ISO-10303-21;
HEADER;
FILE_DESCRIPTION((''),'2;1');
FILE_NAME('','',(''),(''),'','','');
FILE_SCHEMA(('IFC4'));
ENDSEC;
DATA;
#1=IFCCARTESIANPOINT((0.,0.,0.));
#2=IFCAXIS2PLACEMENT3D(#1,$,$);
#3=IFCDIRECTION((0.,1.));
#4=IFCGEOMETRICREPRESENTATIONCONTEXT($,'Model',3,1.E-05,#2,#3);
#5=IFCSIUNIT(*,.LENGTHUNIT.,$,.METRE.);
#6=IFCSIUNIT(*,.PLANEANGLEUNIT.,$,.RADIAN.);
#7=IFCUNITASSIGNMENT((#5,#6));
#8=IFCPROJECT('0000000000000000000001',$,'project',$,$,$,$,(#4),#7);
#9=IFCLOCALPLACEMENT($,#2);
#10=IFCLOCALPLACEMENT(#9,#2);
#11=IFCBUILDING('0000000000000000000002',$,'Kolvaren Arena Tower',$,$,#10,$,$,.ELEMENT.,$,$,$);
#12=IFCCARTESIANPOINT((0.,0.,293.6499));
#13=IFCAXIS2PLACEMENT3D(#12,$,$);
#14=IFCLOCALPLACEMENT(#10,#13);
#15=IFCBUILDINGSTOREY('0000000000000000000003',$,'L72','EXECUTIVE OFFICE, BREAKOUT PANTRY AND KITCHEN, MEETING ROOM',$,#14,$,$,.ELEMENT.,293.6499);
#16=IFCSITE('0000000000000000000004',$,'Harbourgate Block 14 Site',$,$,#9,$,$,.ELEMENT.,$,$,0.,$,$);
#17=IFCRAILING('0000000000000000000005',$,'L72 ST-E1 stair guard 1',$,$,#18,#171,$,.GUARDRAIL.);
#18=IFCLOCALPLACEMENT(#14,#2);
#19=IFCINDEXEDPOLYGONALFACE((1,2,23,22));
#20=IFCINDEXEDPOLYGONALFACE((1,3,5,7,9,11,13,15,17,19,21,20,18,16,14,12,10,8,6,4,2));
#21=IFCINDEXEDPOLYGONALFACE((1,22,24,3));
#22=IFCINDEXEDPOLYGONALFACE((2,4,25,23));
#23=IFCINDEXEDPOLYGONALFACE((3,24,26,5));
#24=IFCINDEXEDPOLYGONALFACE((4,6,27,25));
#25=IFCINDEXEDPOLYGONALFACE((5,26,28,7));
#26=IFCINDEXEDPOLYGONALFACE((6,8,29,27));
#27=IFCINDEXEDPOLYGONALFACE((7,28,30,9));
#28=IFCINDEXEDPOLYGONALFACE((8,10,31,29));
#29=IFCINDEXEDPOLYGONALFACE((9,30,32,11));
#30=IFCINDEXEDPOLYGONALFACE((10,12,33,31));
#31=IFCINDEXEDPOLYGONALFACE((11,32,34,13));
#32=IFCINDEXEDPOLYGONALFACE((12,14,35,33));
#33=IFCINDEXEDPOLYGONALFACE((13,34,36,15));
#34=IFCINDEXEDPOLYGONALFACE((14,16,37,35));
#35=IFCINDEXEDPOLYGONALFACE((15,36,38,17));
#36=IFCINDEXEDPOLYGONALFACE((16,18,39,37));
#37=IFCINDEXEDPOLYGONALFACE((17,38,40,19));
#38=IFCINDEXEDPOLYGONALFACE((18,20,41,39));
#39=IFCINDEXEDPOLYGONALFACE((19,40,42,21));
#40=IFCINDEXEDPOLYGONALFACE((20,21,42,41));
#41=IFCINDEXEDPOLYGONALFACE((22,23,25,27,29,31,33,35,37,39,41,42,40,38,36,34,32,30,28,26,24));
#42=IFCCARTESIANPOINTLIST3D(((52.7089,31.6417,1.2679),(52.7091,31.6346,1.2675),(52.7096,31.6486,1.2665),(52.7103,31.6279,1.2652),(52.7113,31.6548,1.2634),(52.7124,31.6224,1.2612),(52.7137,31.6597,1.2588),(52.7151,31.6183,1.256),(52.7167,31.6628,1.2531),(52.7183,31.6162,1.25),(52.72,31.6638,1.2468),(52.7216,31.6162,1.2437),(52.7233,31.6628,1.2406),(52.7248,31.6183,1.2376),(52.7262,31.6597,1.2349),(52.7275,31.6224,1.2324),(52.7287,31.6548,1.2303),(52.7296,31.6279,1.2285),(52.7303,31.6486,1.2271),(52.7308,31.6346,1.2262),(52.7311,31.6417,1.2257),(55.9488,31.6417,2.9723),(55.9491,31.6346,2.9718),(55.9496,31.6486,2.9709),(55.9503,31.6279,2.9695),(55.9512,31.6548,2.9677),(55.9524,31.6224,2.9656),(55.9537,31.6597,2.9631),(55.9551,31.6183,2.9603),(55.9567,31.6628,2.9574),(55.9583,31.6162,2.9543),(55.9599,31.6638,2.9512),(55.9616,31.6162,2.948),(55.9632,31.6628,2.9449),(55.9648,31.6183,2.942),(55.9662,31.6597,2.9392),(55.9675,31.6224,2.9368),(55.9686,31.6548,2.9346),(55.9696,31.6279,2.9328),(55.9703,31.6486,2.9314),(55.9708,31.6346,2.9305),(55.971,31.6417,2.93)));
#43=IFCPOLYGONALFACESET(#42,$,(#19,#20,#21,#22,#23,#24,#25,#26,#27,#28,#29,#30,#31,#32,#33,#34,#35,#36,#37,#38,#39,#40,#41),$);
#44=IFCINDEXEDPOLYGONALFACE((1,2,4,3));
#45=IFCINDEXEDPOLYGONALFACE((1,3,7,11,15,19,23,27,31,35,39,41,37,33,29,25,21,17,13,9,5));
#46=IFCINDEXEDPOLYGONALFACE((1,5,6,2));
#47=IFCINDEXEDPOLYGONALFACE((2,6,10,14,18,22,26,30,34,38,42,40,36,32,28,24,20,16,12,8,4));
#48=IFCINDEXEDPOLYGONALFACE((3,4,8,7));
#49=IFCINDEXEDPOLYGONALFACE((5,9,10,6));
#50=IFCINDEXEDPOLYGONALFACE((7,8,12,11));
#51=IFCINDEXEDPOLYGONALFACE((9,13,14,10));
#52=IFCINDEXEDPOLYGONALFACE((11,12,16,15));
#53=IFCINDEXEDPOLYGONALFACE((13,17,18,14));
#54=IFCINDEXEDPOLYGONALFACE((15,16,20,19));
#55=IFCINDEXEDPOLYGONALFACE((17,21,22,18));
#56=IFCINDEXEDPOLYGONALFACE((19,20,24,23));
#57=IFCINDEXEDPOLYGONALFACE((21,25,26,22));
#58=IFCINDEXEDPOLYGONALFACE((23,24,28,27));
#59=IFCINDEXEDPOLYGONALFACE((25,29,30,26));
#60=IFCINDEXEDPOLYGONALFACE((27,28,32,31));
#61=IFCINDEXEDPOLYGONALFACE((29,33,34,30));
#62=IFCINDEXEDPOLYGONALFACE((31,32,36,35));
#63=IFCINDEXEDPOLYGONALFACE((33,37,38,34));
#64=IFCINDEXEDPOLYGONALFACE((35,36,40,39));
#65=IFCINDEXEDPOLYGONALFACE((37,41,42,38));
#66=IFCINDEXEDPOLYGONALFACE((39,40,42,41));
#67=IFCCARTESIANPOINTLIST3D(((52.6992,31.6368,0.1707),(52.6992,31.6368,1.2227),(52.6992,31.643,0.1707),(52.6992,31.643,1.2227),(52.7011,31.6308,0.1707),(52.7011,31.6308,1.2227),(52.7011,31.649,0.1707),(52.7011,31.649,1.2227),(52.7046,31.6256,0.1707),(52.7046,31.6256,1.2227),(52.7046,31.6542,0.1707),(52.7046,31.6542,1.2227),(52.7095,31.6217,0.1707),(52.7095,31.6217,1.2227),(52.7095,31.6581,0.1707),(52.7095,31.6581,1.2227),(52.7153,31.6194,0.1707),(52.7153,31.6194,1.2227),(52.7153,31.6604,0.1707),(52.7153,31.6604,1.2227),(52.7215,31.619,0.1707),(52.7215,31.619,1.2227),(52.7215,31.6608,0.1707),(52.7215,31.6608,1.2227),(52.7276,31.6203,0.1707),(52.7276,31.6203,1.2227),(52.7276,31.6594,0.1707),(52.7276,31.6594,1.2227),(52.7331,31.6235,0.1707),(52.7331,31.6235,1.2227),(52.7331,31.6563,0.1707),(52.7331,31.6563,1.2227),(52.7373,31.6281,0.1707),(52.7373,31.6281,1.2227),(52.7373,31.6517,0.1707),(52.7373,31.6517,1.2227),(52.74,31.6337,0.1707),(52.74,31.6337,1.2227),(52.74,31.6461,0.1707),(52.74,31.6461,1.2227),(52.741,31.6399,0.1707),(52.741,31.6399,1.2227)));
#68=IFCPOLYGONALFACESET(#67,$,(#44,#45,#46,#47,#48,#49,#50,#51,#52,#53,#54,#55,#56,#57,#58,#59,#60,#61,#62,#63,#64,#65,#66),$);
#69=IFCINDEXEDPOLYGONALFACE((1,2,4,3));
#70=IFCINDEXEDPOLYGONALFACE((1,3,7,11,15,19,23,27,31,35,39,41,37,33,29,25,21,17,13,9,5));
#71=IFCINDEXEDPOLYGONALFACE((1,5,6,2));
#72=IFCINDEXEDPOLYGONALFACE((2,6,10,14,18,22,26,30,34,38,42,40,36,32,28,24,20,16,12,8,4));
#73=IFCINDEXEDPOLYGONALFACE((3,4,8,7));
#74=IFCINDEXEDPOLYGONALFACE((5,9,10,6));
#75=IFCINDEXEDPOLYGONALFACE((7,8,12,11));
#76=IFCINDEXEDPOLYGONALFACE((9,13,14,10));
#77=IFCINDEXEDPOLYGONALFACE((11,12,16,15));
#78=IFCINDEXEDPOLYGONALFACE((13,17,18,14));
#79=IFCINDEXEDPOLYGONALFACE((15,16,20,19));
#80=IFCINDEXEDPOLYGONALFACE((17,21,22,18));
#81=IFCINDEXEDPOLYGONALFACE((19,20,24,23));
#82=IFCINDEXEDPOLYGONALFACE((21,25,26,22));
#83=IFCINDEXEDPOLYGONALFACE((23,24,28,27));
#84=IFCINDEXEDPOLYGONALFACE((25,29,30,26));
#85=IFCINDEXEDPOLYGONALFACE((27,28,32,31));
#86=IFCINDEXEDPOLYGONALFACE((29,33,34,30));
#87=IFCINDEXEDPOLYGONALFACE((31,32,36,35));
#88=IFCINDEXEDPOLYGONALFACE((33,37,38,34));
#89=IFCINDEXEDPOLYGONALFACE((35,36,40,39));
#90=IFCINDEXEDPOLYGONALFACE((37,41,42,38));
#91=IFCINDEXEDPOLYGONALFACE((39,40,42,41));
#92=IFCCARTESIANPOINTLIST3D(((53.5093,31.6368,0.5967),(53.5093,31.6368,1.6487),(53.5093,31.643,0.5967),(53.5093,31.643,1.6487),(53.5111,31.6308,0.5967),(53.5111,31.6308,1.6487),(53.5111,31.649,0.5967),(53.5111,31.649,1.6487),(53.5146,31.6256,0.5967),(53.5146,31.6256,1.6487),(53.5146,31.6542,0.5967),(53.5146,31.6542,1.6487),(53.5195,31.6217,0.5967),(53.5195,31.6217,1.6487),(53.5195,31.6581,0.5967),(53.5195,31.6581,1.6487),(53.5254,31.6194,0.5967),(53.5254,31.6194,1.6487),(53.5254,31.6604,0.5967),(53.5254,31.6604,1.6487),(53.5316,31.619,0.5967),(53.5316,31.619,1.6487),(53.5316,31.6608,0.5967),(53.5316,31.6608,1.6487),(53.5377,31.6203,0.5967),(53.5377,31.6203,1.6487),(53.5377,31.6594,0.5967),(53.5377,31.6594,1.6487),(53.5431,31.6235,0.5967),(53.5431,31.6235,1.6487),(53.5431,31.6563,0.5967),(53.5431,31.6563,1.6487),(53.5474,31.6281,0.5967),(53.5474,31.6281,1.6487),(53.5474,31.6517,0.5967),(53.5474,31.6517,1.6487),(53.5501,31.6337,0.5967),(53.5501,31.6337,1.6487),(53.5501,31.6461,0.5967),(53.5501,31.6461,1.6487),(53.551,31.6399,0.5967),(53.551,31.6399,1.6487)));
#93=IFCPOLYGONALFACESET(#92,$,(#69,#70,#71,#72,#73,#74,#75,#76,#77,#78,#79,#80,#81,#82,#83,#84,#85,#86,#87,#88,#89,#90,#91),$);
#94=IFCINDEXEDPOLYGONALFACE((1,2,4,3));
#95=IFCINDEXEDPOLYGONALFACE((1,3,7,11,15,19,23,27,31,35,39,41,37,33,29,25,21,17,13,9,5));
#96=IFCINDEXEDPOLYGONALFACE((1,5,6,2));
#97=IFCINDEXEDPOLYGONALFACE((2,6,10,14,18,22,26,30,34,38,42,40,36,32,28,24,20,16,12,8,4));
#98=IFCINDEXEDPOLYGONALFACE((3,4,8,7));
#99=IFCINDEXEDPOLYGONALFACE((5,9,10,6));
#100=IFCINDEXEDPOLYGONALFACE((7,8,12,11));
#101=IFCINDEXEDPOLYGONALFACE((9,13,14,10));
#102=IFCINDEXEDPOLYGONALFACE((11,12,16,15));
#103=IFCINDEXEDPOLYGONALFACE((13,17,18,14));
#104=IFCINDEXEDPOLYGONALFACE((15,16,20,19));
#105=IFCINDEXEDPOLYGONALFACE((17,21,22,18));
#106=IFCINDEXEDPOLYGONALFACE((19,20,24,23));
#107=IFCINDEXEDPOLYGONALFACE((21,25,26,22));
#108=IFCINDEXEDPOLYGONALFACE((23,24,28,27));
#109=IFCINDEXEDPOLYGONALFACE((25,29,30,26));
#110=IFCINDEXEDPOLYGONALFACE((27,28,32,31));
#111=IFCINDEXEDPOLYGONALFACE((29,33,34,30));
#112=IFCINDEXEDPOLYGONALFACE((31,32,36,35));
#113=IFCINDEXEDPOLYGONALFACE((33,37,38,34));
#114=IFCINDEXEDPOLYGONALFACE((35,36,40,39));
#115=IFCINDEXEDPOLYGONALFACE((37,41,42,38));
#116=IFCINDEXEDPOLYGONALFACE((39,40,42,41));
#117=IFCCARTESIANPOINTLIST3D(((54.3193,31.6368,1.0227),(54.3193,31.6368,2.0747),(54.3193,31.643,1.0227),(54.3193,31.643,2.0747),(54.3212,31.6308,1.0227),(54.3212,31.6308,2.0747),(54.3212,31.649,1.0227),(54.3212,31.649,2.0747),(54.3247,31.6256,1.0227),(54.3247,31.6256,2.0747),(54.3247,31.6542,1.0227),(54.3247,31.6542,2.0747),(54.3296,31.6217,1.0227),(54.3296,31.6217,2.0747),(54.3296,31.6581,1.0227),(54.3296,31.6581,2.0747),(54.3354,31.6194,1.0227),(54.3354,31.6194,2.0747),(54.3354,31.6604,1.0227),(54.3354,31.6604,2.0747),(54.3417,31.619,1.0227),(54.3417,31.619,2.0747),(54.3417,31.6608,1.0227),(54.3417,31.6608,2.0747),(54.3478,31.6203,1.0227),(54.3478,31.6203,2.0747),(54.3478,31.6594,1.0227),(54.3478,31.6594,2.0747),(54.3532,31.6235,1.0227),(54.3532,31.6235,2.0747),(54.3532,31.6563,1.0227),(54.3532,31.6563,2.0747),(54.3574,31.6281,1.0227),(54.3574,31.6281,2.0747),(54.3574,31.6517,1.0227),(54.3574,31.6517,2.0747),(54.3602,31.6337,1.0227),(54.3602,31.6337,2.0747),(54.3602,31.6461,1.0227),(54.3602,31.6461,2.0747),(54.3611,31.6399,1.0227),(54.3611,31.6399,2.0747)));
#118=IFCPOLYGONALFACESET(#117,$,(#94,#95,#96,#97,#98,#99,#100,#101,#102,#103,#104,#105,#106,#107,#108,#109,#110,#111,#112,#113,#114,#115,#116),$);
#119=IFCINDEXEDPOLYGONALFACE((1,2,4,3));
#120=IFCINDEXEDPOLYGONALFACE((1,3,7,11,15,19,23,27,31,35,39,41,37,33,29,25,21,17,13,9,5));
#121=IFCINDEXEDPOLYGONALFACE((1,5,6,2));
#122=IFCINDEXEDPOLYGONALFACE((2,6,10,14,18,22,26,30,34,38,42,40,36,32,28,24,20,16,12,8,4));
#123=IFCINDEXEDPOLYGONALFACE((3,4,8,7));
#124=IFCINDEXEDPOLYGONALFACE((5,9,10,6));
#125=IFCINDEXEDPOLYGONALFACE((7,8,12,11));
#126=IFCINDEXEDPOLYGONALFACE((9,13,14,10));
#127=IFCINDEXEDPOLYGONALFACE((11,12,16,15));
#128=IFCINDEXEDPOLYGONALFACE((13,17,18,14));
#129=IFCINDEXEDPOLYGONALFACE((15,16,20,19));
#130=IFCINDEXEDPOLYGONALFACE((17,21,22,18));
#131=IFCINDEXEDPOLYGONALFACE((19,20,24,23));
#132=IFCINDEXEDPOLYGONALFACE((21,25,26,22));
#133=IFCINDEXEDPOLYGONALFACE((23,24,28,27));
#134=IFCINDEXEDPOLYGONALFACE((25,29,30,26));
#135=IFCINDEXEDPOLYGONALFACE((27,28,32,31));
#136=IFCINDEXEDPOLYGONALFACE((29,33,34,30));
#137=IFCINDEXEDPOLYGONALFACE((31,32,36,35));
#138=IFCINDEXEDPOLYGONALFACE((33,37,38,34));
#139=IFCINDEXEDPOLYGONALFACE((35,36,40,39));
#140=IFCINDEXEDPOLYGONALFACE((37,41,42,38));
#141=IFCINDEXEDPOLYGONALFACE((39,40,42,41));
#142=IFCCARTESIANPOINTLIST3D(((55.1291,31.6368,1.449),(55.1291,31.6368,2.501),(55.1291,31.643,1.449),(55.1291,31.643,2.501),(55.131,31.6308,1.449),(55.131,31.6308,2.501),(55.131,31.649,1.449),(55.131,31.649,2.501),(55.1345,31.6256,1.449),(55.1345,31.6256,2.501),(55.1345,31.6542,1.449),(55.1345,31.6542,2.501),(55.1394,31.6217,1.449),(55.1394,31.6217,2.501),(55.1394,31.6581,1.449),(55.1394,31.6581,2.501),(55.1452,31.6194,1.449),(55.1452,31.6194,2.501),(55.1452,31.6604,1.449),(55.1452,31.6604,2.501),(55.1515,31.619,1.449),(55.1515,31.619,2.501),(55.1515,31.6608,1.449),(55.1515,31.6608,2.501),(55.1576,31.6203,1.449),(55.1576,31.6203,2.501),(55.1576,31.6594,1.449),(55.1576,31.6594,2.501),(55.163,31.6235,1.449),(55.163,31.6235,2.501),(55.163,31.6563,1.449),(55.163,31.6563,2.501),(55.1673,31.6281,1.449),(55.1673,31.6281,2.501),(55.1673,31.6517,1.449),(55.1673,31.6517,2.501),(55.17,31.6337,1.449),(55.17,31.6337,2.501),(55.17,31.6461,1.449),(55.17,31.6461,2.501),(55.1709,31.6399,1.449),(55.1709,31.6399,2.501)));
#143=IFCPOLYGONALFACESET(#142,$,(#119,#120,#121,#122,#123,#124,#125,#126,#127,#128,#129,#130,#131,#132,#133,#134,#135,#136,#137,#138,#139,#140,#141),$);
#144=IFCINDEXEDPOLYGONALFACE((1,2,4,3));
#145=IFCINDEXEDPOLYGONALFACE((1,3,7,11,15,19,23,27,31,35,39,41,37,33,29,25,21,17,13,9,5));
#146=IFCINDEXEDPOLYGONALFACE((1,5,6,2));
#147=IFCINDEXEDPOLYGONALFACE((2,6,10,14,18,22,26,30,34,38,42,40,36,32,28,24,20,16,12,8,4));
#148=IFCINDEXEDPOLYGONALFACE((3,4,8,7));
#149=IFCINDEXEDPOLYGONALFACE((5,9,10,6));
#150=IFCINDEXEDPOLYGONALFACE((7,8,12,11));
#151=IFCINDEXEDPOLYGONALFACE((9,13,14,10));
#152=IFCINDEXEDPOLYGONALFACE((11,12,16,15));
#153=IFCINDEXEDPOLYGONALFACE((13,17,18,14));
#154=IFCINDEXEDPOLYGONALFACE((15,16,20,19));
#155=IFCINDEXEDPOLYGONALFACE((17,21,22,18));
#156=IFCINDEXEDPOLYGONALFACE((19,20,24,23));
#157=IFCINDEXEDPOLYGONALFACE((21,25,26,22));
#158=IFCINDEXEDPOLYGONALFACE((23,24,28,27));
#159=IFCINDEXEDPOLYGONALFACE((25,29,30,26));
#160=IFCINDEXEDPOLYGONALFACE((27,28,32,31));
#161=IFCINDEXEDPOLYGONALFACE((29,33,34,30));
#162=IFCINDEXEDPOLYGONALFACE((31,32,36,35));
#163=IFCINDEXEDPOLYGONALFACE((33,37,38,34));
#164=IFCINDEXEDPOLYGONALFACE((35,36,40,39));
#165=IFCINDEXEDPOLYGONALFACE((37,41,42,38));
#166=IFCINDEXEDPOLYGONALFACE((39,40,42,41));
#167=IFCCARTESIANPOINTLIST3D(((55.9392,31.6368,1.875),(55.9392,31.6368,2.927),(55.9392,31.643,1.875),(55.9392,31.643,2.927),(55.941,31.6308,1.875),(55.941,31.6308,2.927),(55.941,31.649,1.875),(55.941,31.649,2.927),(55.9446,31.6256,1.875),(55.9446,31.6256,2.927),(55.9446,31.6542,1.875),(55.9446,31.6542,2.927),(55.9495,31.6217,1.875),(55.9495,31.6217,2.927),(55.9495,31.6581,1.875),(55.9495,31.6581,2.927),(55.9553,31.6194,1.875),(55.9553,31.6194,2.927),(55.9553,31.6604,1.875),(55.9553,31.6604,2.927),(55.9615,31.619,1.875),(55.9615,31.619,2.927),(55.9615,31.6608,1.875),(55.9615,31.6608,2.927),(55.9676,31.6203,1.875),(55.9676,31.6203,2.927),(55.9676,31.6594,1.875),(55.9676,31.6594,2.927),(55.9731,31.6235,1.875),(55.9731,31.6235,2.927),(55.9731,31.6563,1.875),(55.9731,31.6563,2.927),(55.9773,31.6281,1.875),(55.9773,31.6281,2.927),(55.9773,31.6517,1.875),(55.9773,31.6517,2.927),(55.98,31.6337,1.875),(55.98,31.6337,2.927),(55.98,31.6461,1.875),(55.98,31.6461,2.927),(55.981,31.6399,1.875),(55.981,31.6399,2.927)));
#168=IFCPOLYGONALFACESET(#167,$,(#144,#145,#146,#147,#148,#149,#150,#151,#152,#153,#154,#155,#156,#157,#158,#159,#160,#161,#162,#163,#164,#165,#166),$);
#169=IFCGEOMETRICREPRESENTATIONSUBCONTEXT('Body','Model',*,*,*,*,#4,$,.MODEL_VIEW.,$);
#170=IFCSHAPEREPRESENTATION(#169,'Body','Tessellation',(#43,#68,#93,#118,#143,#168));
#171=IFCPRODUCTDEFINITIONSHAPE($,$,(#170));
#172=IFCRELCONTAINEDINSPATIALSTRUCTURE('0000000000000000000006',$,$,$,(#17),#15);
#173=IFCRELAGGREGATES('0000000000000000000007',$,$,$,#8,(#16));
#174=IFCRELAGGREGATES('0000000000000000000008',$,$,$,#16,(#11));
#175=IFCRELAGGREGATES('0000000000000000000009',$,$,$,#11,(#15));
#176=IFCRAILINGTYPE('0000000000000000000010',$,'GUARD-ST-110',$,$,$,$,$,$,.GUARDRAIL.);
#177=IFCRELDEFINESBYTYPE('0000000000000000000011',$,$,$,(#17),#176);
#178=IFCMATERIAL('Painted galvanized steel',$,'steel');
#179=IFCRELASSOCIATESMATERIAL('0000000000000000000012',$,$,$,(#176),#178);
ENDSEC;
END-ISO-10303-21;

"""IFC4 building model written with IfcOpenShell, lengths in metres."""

from ifc_helpers import new_model, si_unit, direction, frame, origin, origin_2d, place, context, subcontext, project, spatial, circle, extrude, material, type_object, element, save


model = new_model("IFC4")

# Units and contexts
model_context = context("Model", 3, precision=1e-05, world=origin(), true_north=direction((0.0, 1.0)))
body_context = subcontext(model_context, "Body", "Model", "MODEL_VIEW")
ifc_project = project(units=[si_unit("LENGTHUNIT", "METRE"), si_unit("PLANEANGLEUNIT", "RADIAN")], contexts=[model_context])

# Site, building, storey
site_placement = place(None, origin())
site = spatial("IfcSite", under=ifc_project, at=site_placement, Name="Harbourgate Block 14 Site", CompositionType="ELEMENT", RefElevation=0.0)
building_placement = place(site_placement, origin())
building = spatial("IfcBuilding", under=site, at=building_placement, Name="Kolvaren Arena Tower", CompositionType="ELEMENT")
storey_placement = place(building_placement, frame((0.0, 0.0, 293.6499)))
storey = spatial("IfcBuildingStorey", under=building, at=storey_placement, Name="L72", Description="EXECUTIVE OFFICE, BREAKOUT PANTRY AND KITCHEN, MEETING ROOM", CompositionType="ELEMENT", Elevation=293.6499)

# Railing
ifc_material_1 = material(Name="Painted galvanized steel", Category="steel")
railing_type_1 = type_object("IfcRailingType", Name="GUARD-ST-110", PredefinedType="GUARDRAIL", material=ifc_material_1)
railing_1_placement = place(storey_placement, frame((52.72, 31.6399, 0.1707)))
element("IfcRailing", 1, at=railing_1_placement, inside=storey, type_object=railing_type_1, Name="L72 ST-E1 stair guard 1", PredefinedType="GUARDRAIL", context=body_context, shape_type="SweptSolid", body=[
    extrude(circle(Radius=0.0239, at=origin_2d()), frame((0.0, 0.0, 1.0762), z_axis=(0.885021, 0.0, 0.465551), x_axis=(0.0, 1.0, 0.0)), (0.0, 0.0, 1.0), 3.6609),
    extrude(circle(Radius=0.021, at=origin_2d()), origin(), (0.0, 0.0, 1.0), 1.052),
    extrude(circle(Radius=0.021, at=origin_2d()), frame((0.8101, 0.0, 0.426)), (0.0, 0.0, 1.0), 1.052),
    extrude(circle(Radius=0.021, at=origin_2d()), frame((1.6201, 0.0, 0.8521)), (0.0, 0.0, 1.0), 1.052),
    extrude(circle(Radius=0.021, at=origin_2d()), frame((2.4299, 0.0, 1.2783)), (0.0, 0.0, 1.0), 1.052),
    extrude(circle(Radius=0.021, at=origin_2d()), frame((3.24, 0.0, 1.7043)), (0.0, 0.0, 1.0), 1.052),
])

save(model, "model.ifc")
